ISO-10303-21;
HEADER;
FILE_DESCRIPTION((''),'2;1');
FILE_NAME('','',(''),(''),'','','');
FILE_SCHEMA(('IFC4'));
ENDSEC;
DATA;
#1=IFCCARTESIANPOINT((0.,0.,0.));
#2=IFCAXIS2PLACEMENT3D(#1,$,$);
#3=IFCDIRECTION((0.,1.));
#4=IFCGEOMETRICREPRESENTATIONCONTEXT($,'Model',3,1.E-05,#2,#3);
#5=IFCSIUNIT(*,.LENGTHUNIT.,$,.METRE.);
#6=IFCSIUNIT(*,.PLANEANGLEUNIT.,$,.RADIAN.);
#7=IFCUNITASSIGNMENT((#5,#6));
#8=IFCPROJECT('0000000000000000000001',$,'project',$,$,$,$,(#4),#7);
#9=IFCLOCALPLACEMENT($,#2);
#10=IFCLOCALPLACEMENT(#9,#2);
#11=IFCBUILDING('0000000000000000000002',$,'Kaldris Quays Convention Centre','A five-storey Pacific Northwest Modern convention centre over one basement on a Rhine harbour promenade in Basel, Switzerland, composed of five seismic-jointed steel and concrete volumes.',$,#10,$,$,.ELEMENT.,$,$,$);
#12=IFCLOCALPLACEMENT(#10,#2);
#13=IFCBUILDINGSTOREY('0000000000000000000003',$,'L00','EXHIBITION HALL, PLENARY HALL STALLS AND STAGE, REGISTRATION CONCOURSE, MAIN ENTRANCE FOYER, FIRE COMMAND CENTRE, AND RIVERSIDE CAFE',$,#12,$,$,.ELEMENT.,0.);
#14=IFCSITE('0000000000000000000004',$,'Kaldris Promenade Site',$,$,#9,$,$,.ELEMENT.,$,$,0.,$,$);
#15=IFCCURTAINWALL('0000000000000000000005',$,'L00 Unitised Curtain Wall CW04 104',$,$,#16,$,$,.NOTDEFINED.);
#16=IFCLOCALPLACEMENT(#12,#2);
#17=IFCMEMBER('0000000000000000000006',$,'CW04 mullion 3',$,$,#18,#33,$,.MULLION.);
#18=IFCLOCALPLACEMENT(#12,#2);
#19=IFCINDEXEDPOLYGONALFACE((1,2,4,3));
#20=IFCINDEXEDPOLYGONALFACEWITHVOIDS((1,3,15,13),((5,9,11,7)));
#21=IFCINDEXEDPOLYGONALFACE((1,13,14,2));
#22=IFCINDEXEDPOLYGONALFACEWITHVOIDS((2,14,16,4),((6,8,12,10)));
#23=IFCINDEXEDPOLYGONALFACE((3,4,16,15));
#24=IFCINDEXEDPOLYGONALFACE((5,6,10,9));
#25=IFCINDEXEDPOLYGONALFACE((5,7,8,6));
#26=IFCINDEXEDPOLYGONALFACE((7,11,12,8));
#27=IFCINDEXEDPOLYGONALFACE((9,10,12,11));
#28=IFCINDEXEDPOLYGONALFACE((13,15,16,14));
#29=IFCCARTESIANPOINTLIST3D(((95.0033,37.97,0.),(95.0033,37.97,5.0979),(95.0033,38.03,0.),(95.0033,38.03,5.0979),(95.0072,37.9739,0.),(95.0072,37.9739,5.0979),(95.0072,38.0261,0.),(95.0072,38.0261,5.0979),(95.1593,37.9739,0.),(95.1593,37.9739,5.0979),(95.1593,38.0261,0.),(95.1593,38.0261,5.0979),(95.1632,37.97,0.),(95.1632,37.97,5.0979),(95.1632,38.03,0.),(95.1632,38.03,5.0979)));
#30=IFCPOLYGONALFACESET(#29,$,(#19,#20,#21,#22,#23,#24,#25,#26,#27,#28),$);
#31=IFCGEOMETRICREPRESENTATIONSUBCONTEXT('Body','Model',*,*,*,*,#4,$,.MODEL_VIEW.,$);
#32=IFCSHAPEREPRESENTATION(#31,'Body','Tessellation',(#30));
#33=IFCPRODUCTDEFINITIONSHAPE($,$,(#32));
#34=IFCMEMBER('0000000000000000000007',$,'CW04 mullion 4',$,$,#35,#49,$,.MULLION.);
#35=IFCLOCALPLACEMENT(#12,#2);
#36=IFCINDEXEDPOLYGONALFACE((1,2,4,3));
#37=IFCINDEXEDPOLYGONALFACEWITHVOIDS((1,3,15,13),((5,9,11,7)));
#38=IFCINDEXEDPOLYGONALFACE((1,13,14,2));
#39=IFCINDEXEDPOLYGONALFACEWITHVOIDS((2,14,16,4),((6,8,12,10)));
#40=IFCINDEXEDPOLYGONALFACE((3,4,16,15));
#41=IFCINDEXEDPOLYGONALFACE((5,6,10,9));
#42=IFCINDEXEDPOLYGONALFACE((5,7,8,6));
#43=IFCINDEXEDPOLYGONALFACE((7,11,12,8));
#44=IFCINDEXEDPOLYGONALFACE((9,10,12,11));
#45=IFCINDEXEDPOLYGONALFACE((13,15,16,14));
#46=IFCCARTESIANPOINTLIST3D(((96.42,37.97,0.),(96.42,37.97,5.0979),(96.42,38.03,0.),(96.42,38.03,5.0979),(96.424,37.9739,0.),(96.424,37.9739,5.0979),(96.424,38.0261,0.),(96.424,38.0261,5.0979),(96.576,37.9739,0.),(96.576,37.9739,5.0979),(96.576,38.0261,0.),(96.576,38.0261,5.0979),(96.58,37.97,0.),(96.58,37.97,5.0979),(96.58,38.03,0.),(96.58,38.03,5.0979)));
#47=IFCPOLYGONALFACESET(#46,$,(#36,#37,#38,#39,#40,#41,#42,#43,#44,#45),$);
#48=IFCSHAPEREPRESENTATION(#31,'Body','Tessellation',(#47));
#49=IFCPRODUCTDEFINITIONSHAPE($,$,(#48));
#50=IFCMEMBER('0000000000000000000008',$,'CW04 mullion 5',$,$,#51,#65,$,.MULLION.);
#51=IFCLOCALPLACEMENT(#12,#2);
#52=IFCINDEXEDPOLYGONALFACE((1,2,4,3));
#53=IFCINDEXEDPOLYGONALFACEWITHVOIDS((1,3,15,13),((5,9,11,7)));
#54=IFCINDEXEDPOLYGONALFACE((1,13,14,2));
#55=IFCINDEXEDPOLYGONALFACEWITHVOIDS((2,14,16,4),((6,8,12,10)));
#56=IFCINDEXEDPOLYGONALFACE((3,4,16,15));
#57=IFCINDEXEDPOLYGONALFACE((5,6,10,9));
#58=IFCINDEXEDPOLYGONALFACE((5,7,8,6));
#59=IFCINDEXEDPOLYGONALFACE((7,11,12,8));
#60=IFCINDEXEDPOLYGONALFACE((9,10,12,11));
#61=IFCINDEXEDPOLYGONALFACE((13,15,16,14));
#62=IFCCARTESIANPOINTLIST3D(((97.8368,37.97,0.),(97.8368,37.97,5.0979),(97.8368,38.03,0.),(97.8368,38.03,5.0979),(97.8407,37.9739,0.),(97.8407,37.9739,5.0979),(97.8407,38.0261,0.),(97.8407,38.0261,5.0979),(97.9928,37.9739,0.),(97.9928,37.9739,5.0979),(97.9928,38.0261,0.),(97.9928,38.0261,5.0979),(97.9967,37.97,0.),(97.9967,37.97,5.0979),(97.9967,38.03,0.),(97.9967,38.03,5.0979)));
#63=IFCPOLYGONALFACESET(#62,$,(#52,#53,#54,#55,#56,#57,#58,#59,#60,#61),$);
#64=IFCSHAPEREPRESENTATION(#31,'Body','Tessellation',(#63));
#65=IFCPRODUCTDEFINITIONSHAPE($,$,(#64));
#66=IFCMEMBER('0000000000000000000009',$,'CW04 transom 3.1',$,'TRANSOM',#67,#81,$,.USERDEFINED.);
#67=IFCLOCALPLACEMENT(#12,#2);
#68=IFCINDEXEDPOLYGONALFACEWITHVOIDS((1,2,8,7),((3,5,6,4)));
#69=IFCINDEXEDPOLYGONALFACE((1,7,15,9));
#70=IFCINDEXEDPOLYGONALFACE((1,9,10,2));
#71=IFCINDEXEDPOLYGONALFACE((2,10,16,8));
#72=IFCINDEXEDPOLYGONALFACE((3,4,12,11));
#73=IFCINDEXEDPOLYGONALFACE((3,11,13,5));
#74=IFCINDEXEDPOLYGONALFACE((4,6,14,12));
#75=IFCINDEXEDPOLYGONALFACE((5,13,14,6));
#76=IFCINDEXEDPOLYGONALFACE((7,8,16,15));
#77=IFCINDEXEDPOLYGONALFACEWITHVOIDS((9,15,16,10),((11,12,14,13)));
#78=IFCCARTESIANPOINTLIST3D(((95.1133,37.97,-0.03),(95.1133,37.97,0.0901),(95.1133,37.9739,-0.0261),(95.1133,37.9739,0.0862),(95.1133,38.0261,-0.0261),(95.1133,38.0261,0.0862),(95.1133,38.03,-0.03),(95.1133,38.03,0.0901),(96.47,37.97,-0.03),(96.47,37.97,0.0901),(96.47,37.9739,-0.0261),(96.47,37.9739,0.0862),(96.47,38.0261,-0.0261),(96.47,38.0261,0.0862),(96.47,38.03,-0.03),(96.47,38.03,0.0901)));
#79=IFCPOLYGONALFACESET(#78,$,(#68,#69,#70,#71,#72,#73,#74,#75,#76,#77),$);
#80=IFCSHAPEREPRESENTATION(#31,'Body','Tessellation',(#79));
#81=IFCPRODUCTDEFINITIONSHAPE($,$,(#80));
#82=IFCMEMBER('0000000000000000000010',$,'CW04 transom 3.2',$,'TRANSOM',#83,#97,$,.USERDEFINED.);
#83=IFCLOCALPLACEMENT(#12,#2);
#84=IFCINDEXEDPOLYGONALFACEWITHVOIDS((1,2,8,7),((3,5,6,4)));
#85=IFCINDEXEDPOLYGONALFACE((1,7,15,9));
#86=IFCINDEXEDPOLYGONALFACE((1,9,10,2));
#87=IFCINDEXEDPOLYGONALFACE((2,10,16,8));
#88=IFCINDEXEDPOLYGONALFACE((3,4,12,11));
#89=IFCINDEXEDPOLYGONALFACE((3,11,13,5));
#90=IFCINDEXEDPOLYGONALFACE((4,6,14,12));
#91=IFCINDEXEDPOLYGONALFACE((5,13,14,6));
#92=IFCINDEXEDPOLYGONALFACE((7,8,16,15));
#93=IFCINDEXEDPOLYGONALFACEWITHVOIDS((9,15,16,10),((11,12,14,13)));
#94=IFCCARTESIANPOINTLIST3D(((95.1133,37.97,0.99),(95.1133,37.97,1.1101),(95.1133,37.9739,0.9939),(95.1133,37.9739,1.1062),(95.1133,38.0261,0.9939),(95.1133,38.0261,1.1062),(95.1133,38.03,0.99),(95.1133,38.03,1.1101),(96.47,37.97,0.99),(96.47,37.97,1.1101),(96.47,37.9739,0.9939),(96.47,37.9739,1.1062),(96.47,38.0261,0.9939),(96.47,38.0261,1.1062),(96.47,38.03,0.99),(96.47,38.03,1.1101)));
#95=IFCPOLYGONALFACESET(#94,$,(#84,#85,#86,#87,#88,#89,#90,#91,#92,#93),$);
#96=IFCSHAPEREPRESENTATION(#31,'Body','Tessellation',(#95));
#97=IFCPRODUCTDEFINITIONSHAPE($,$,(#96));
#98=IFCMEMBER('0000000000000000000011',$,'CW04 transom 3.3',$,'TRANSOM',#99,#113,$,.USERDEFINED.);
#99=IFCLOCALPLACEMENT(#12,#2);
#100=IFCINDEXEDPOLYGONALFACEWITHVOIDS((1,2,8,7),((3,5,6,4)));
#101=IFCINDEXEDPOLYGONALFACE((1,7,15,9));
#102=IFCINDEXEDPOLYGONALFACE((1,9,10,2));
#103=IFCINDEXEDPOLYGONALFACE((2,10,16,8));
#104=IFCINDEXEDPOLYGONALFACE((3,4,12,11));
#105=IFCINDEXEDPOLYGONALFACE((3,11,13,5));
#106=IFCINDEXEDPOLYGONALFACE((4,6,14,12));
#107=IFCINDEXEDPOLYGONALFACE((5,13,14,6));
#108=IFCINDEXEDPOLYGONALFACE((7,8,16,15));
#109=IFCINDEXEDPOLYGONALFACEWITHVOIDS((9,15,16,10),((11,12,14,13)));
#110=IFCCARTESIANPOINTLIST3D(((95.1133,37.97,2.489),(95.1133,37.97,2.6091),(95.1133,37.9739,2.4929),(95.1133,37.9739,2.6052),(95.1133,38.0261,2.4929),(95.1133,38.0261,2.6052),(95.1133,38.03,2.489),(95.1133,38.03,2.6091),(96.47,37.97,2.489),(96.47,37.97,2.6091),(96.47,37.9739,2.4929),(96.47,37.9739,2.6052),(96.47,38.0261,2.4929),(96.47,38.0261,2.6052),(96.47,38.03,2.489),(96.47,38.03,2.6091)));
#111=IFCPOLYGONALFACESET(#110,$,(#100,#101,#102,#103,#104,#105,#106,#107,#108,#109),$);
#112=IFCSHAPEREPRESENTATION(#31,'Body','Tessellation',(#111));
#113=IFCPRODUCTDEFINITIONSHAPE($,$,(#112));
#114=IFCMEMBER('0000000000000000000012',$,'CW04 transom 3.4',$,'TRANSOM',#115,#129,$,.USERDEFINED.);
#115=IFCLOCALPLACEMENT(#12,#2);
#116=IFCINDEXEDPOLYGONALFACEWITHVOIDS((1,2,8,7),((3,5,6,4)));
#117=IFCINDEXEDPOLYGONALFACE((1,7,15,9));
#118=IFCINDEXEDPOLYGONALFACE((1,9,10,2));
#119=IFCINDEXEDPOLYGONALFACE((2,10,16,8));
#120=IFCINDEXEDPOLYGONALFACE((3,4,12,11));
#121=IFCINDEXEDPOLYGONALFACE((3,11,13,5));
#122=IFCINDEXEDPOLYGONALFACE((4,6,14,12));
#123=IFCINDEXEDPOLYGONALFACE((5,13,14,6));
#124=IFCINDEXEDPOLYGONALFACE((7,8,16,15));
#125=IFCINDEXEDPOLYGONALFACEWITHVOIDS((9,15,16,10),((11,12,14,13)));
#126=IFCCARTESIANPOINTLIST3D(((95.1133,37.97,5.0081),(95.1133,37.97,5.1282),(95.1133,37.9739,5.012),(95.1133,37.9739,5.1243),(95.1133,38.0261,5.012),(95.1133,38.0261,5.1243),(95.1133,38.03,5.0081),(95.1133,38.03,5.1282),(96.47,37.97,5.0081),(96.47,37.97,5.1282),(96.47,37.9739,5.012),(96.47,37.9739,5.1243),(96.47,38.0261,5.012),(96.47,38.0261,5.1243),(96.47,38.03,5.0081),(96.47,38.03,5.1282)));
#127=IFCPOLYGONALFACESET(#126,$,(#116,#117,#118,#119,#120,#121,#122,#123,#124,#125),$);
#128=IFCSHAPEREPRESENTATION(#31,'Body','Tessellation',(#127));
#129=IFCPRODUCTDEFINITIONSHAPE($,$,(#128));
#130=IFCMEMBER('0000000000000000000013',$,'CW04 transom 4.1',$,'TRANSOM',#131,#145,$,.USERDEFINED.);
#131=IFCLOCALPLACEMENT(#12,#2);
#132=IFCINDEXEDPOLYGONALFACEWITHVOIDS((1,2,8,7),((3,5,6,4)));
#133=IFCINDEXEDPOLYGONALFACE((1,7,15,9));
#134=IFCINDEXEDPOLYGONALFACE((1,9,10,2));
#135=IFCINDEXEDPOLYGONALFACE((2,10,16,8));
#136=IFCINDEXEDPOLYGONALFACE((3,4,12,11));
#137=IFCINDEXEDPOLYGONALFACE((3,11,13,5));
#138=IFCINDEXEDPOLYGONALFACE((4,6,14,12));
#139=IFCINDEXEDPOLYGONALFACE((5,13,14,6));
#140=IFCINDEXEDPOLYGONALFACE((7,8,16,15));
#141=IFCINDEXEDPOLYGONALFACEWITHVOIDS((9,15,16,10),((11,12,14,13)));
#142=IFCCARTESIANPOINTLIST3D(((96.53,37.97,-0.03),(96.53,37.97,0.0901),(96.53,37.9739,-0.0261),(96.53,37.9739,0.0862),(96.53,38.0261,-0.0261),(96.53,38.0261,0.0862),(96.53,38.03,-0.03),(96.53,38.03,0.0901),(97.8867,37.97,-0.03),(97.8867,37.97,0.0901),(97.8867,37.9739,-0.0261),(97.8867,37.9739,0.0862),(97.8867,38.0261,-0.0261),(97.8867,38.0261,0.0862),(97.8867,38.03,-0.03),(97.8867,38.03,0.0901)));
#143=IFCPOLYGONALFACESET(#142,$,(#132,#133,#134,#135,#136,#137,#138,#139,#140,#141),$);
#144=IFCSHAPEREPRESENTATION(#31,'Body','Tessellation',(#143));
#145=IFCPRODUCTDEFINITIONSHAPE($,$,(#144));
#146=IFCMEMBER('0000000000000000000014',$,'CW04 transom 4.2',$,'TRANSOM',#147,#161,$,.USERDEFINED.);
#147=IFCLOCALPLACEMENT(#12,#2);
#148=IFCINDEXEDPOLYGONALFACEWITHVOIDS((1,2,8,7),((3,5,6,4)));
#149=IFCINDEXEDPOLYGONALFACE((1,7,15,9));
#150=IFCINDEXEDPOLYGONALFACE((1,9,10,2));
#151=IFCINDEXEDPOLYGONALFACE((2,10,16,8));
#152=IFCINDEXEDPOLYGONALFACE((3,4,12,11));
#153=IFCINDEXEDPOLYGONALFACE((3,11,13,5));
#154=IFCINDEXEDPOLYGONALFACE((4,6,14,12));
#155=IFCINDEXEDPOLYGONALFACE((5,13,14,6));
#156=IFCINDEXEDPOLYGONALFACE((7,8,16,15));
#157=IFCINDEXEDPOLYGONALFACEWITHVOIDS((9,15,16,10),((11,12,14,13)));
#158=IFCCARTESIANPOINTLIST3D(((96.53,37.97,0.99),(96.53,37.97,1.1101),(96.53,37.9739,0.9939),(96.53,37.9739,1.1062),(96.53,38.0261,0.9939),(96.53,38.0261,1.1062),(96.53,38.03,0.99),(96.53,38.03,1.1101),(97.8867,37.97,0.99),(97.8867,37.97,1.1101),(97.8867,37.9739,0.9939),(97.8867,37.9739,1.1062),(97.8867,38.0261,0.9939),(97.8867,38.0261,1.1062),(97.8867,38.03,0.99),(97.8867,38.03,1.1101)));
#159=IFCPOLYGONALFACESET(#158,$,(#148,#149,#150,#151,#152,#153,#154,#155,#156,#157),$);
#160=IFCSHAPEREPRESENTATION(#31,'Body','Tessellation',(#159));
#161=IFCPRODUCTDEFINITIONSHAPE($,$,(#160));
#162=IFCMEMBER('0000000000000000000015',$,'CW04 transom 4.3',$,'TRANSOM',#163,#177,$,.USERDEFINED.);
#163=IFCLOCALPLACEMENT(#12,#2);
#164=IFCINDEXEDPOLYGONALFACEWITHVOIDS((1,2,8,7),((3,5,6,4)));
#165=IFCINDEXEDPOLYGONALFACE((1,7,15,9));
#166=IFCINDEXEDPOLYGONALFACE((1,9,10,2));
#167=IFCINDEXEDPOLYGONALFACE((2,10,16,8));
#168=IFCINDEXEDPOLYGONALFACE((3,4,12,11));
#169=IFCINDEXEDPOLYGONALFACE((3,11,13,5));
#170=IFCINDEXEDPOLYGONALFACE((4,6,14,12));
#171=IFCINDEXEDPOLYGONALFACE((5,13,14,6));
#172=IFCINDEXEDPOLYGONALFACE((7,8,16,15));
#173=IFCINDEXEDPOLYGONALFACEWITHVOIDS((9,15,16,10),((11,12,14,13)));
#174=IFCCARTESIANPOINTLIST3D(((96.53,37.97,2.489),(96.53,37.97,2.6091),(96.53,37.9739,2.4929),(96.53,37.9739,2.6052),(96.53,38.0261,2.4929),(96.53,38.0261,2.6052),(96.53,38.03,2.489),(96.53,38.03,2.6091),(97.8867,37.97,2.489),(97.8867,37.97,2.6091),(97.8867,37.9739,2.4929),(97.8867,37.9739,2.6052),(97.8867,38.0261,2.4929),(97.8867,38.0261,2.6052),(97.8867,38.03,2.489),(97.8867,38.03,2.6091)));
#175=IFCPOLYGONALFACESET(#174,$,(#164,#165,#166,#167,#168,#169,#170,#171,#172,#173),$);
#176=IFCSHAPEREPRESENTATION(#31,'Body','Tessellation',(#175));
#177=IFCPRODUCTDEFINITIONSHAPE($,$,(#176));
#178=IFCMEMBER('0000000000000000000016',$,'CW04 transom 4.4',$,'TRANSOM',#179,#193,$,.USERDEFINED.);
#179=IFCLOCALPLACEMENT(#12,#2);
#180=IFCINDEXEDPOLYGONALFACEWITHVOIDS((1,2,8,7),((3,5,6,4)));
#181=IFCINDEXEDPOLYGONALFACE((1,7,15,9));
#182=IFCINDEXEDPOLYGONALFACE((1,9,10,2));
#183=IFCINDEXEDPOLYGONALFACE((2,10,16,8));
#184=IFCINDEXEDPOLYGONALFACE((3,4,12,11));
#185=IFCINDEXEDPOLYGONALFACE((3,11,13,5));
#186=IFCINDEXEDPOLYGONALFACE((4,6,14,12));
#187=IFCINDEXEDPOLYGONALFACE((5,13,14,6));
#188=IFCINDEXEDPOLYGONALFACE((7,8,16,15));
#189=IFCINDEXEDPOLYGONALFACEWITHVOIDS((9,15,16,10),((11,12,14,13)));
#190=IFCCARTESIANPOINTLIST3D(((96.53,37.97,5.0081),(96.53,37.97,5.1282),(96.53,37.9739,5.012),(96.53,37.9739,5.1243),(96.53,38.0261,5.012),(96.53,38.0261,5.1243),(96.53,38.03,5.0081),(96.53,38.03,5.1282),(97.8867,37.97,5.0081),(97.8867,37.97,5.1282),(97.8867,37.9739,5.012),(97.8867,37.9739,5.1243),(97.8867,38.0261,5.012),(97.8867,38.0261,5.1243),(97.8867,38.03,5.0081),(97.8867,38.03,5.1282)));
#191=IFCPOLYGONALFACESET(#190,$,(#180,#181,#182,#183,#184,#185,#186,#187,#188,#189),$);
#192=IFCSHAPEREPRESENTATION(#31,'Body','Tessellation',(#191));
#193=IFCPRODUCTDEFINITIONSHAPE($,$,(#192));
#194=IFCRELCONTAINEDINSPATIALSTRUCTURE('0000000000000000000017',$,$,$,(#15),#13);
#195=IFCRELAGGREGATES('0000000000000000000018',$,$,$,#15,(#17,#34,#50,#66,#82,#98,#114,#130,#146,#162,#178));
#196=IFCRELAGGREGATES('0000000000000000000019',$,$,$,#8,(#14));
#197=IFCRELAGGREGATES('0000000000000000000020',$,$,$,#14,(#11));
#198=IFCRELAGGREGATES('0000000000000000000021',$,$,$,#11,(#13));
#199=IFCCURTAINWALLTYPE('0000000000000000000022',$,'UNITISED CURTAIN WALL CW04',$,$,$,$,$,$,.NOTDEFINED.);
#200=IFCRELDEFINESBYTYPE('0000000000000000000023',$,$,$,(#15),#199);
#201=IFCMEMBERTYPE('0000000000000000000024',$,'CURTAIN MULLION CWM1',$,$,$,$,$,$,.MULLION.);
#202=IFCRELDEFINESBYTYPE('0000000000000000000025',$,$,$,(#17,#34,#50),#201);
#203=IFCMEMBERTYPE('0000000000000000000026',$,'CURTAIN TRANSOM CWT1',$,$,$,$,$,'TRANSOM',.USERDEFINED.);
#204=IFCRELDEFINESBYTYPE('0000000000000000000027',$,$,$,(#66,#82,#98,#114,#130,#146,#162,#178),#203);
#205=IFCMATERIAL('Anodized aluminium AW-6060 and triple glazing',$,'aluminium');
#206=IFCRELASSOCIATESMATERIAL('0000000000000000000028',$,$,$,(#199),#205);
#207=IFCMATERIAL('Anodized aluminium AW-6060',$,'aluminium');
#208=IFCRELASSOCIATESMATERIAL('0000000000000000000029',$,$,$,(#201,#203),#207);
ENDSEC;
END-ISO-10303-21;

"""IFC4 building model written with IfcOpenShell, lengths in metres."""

from ifc_helpers import new_model, si_unit, direction, frame, origin, origin_2d, place, context, subcontext, project, spatial, hollow_rectangle, extrude, material, material_profile, profile_set, type_object, element, aggregate, save


model = new_model("IFC4")

# Units and contexts
model_context = context("Model", 3, precision=1e-05, world=origin(), true_north=direction((0.0, 1.0)))
body_context = subcontext(model_context, "Body", "Model", "MODEL_VIEW")
ifc_project = project(units=[si_unit("LENGTHUNIT", "METRE"), si_unit("PLANEANGLEUNIT", "RADIAN")], contexts=[model_context])

# Site, building, storey
site_placement = place(None, origin())
site = spatial("IfcSite", under=ifc_project, at=site_placement, Name="Kaldris Promenade Site", CompositionType="ELEMENT", RefElevation=0.0)
building_placement = place(site_placement, origin())
building = spatial("IfcBuilding", under=site, at=building_placement, Name="Kaldris Quays Convention Centre", Description="A five-storey Pacific Northwest Modern convention centre over one basement on a Rhine harbour promenade in Basel, Switzerland, composed of five seismic-jointed steel and concrete volumes.", CompositionType="ELEMENT")
storey_placement = place(building_placement, origin())
storey = spatial("IfcBuildingStorey", under=building, at=storey_placement, Name="L00", Description="EXHIBITION HALL, PLENARY HALL STALLS AND STAGE, REGISTRATION CONCOURSE, MAIN ENTRANCE FOYER, FIRE COMMAND CENTRE, AND RIVERSIDE CAFE", CompositionType="ELEMENT", Elevation=0.0)

# Curtain wall, members
ifc_material_1 = material(Name="Anodized aluminium AW-6060 and triple glazing", Category="aluminium")
curtain_wall_type = type_object("IfcCurtainWallType", Name="UNITISED CURTAIN WALL CW04", PredefinedType="NOTDEFINED", material=ifc_material_1)
curtain_wall_placement = place(storey_placement, origin())
curtain_wall = element("IfcCurtainWall", 1, at=curtain_wall_placement, inside=storey, type_object=curtain_wall_type, Name="L00 Unitised Curtain Wall CW04 104", PredefinedType="NOTDEFINED")
ifc_material_2 = material(Name="Anodized aluminium AW-6060", Category="aluminium")
ifc_material_profile_1 = material_profile(ifc_material_2, hollow_rectangle(XDim=0.0601, YDim=0.1599, WallThickness=0.0039, at=origin_2d()), Name="RHS 160x60x4")
ifc_profile_set_1 = profile_set([ifc_material_profile_1], Name="Anodized aluminium AW-6060")
member_type_1 = type_object("IfcMemberType", Name="CURTAIN MULLION CWM1", PredefinedType="MULLION", material=ifc_profile_set_1)
member_1_placement = place(storey_placement, frame((95.0833, 38.0, 0.0), z_axis=(0.0, 0.0, 1.0), x_axis=(0.0, 1.0, 0.0)))
member_1 = element("IfcMember", 2, at=member_1_placement, type_object=member_type_1, Name="CW04 mullion 3", PredefinedType="MULLION", context=body_context, shape_type="SweptSolid", body=[
    extrude(hollow_rectangle(XDim=0.0601, YDim=0.1599, WallThickness=0.0039, at=origin_2d()), origin(), (0.0, 0.0, 1.0), 5.0979),
])
member_2_placement = place(storey_placement, frame((96.5, 38.0, 0.0), z_axis=(0.0, 0.0, 1.0), x_axis=(0.0, 1.0, 0.0)))
member_2 = element("IfcMember", 3, at=member_2_placement, type_object=member_type_1, Name="CW04 mullion 4", PredefinedType="MULLION", context=body_context, shape_type="SweptSolid", body=[
    extrude(hollow_rectangle(XDim=0.0601, YDim=0.1599, WallThickness=0.0039, at=origin_2d()), origin(), (0.0, 0.0, 1.0), 5.0979),
])
member_3_placement = place(storey_placement, frame((97.9167, 38.0, 0.0), z_axis=(0.0, 0.0, 1.0), x_axis=(0.0, 1.0, 0.0)))
member_3 = element("IfcMember", 4, at=member_3_placement, type_object=member_type_1, Name="CW04 mullion 5", PredefinedType="MULLION", context=body_context, shape_type="SweptSolid", body=[
    extrude(hollow_rectangle(XDim=0.0601, YDim=0.1599, WallThickness=0.0039, at=origin_2d()), origin(), (0.0, 0.0, 1.0), 5.0979),
])
ifc_material_profile_2 = material_profile(ifc_material_2, hollow_rectangle(XDim=0.0601, YDim=0.1201, WallThickness=0.0039, at=origin_2d()), Name="RHS 120x60x4")
ifc_profile_set_2 = profile_set([ifc_material_profile_2], Name="Anodized aluminium AW-6060")
member_type_2 = type_object("IfcMemberType", Name="CURTAIN TRANSOM CWT1", ElementType="TRANSOM", PredefinedType="USERDEFINED", material=ifc_profile_set_2)
member_4_placement = place(storey_placement, frame((95.1133, 38.0, 0.03), z_axis=(1.0, 0.0, 0.0), x_axis=(0.0, 1.0, 0.0)))
member_4 = element("IfcMember", 5, at=member_4_placement, type_object=member_type_2, Name="CW04 transom 3.1", ObjectType="TRANSOM", PredefinedType="USERDEFINED", context=body_context, shape_type="SweptSolid", body=[
    extrude(hollow_rectangle(XDim=0.0601, YDim=0.1201, WallThickness=0.0039, at=origin_2d()), origin(), (0.0, 0.0, 1.0), 1.3567),
])
member_5_placement = place(storey_placement, frame((95.1133, 38.0, 1.05), z_axis=(1.0, 0.0, 0.0), x_axis=(0.0, 1.0, 0.0)))
member_5 = element("IfcMember", 6, at=member_5_placement, type_object=member_type_2, Name="CW04 transom 3.2", ObjectType="TRANSOM", PredefinedType="USERDEFINED", context=body_context, shape_type="SweptSolid", body=[
    extrude(hollow_rectangle(XDim=0.0601, YDim=0.1201, WallThickness=0.0039, at=origin_2d()), origin(), (0.0, 0.0, 1.0), 1.3567),
])
member_6_placement = place(storey_placement, frame((95.1133, 38.0, 2.5491), z_axis=(1.0, 0.0, 0.0), x_axis=(0.0, 1.0, 0.0)))
member_6 = element("IfcMember", 7, at=member_6_placement, type_object=member_type_2, Name="CW04 transom 3.3", ObjectType="TRANSOM", PredefinedType="USERDEFINED", context=body_context, shape_type="SweptSolid", body=[
    extrude(hollow_rectangle(XDim=0.0601, YDim=0.1201, WallThickness=0.0039, at=origin_2d()), origin(), (0.0, 0.0, 1.0), 1.3567),
])
member_7_placement = place(storey_placement, frame((95.1133, 38.0, 5.0681), z_axis=(1.0, 0.0, 0.0), x_axis=(0.0, 1.0, 0.0)))
member_7 = element("IfcMember", 8, at=member_7_placement, type_object=member_type_2, Name="CW04 transom 3.4", ObjectType="TRANSOM", PredefinedType="USERDEFINED", context=body_context, shape_type="SweptSolid", body=[
    extrude(hollow_rectangle(XDim=0.0601, YDim=0.1201, WallThickness=0.0039, at=origin_2d()), origin(), (0.0, 0.0, 1.0), 1.3567),
])
member_8_placement = place(storey_placement, frame((96.53, 38.0, 0.03), z_axis=(1.0, 0.0, 0.0), x_axis=(0.0, 1.0, 0.0)))
member_8 = element("IfcMember", 9, at=member_8_placement, type_object=member_type_2, Name="CW04 transom 4.1", ObjectType="TRANSOM", PredefinedType="USERDEFINED", context=body_context, shape_type="SweptSolid", body=[
    extrude(hollow_rectangle(XDim=0.0601, YDim=0.1201, WallThickness=0.0039, at=origin_2d()), origin(), (0.0, 0.0, 1.0), 1.3567),
])
member_9_placement = place(storey_placement, frame((96.53, 38.0, 1.05), z_axis=(1.0, 0.0, 0.0), x_axis=(0.0, 1.0, 0.0)))
member_9 = element("IfcMember", 10, at=member_9_placement, type_object=member_type_2, Name="CW04 transom 4.2", ObjectType="TRANSOM", PredefinedType="USERDEFINED", context=body_context, shape_type="SweptSolid", body=[
    extrude(hollow_rectangle(XDim=0.0601, YDim=0.1201, WallThickness=0.0039, at=origin_2d()), origin(), (0.0, 0.0, 1.0), 1.3567),
])
member_10_placement = place(storey_placement, frame((96.53, 38.0, 2.5491), z_axis=(1.0, 0.0, 0.0), x_axis=(0.0, 1.0, 0.0)))
member_10 = element("IfcMember", 11, at=member_10_placement, type_object=member_type_2, Name="CW04 transom 4.3", ObjectType="TRANSOM", PredefinedType="USERDEFINED", context=body_context, shape_type="SweptSolid", body=[
    extrude(hollow_rectangle(XDim=0.0601, YDim=0.1201, WallThickness=0.0039, at=origin_2d()), origin(), (0.0, 0.0, 1.0), 1.3567),
])
member_11_placement = place(storey_placement, frame((96.53, 38.0, 5.0681), z_axis=(1.0, 0.0, 0.0), x_axis=(0.0, 1.0, 0.0)))
member_11 = element("IfcMember", 12, at=member_11_placement, type_object=member_type_2, Name="CW04 transom 4.4", ObjectType="TRANSOM", PredefinedType="USERDEFINED", context=body_context, shape_type="SweptSolid", body=[
    extrude(hollow_rectangle(XDim=0.0601, YDim=0.1201, WallThickness=0.0039, at=origin_2d()), origin(), (0.0, 0.0, 1.0), 1.3567),
])
aggregate(curtain_wall, [member_1, member_2, member_3, member_4, member_5, member_6, member_7, member_8, member_9, member_10, member_11])

save(model, "model.ifc")
